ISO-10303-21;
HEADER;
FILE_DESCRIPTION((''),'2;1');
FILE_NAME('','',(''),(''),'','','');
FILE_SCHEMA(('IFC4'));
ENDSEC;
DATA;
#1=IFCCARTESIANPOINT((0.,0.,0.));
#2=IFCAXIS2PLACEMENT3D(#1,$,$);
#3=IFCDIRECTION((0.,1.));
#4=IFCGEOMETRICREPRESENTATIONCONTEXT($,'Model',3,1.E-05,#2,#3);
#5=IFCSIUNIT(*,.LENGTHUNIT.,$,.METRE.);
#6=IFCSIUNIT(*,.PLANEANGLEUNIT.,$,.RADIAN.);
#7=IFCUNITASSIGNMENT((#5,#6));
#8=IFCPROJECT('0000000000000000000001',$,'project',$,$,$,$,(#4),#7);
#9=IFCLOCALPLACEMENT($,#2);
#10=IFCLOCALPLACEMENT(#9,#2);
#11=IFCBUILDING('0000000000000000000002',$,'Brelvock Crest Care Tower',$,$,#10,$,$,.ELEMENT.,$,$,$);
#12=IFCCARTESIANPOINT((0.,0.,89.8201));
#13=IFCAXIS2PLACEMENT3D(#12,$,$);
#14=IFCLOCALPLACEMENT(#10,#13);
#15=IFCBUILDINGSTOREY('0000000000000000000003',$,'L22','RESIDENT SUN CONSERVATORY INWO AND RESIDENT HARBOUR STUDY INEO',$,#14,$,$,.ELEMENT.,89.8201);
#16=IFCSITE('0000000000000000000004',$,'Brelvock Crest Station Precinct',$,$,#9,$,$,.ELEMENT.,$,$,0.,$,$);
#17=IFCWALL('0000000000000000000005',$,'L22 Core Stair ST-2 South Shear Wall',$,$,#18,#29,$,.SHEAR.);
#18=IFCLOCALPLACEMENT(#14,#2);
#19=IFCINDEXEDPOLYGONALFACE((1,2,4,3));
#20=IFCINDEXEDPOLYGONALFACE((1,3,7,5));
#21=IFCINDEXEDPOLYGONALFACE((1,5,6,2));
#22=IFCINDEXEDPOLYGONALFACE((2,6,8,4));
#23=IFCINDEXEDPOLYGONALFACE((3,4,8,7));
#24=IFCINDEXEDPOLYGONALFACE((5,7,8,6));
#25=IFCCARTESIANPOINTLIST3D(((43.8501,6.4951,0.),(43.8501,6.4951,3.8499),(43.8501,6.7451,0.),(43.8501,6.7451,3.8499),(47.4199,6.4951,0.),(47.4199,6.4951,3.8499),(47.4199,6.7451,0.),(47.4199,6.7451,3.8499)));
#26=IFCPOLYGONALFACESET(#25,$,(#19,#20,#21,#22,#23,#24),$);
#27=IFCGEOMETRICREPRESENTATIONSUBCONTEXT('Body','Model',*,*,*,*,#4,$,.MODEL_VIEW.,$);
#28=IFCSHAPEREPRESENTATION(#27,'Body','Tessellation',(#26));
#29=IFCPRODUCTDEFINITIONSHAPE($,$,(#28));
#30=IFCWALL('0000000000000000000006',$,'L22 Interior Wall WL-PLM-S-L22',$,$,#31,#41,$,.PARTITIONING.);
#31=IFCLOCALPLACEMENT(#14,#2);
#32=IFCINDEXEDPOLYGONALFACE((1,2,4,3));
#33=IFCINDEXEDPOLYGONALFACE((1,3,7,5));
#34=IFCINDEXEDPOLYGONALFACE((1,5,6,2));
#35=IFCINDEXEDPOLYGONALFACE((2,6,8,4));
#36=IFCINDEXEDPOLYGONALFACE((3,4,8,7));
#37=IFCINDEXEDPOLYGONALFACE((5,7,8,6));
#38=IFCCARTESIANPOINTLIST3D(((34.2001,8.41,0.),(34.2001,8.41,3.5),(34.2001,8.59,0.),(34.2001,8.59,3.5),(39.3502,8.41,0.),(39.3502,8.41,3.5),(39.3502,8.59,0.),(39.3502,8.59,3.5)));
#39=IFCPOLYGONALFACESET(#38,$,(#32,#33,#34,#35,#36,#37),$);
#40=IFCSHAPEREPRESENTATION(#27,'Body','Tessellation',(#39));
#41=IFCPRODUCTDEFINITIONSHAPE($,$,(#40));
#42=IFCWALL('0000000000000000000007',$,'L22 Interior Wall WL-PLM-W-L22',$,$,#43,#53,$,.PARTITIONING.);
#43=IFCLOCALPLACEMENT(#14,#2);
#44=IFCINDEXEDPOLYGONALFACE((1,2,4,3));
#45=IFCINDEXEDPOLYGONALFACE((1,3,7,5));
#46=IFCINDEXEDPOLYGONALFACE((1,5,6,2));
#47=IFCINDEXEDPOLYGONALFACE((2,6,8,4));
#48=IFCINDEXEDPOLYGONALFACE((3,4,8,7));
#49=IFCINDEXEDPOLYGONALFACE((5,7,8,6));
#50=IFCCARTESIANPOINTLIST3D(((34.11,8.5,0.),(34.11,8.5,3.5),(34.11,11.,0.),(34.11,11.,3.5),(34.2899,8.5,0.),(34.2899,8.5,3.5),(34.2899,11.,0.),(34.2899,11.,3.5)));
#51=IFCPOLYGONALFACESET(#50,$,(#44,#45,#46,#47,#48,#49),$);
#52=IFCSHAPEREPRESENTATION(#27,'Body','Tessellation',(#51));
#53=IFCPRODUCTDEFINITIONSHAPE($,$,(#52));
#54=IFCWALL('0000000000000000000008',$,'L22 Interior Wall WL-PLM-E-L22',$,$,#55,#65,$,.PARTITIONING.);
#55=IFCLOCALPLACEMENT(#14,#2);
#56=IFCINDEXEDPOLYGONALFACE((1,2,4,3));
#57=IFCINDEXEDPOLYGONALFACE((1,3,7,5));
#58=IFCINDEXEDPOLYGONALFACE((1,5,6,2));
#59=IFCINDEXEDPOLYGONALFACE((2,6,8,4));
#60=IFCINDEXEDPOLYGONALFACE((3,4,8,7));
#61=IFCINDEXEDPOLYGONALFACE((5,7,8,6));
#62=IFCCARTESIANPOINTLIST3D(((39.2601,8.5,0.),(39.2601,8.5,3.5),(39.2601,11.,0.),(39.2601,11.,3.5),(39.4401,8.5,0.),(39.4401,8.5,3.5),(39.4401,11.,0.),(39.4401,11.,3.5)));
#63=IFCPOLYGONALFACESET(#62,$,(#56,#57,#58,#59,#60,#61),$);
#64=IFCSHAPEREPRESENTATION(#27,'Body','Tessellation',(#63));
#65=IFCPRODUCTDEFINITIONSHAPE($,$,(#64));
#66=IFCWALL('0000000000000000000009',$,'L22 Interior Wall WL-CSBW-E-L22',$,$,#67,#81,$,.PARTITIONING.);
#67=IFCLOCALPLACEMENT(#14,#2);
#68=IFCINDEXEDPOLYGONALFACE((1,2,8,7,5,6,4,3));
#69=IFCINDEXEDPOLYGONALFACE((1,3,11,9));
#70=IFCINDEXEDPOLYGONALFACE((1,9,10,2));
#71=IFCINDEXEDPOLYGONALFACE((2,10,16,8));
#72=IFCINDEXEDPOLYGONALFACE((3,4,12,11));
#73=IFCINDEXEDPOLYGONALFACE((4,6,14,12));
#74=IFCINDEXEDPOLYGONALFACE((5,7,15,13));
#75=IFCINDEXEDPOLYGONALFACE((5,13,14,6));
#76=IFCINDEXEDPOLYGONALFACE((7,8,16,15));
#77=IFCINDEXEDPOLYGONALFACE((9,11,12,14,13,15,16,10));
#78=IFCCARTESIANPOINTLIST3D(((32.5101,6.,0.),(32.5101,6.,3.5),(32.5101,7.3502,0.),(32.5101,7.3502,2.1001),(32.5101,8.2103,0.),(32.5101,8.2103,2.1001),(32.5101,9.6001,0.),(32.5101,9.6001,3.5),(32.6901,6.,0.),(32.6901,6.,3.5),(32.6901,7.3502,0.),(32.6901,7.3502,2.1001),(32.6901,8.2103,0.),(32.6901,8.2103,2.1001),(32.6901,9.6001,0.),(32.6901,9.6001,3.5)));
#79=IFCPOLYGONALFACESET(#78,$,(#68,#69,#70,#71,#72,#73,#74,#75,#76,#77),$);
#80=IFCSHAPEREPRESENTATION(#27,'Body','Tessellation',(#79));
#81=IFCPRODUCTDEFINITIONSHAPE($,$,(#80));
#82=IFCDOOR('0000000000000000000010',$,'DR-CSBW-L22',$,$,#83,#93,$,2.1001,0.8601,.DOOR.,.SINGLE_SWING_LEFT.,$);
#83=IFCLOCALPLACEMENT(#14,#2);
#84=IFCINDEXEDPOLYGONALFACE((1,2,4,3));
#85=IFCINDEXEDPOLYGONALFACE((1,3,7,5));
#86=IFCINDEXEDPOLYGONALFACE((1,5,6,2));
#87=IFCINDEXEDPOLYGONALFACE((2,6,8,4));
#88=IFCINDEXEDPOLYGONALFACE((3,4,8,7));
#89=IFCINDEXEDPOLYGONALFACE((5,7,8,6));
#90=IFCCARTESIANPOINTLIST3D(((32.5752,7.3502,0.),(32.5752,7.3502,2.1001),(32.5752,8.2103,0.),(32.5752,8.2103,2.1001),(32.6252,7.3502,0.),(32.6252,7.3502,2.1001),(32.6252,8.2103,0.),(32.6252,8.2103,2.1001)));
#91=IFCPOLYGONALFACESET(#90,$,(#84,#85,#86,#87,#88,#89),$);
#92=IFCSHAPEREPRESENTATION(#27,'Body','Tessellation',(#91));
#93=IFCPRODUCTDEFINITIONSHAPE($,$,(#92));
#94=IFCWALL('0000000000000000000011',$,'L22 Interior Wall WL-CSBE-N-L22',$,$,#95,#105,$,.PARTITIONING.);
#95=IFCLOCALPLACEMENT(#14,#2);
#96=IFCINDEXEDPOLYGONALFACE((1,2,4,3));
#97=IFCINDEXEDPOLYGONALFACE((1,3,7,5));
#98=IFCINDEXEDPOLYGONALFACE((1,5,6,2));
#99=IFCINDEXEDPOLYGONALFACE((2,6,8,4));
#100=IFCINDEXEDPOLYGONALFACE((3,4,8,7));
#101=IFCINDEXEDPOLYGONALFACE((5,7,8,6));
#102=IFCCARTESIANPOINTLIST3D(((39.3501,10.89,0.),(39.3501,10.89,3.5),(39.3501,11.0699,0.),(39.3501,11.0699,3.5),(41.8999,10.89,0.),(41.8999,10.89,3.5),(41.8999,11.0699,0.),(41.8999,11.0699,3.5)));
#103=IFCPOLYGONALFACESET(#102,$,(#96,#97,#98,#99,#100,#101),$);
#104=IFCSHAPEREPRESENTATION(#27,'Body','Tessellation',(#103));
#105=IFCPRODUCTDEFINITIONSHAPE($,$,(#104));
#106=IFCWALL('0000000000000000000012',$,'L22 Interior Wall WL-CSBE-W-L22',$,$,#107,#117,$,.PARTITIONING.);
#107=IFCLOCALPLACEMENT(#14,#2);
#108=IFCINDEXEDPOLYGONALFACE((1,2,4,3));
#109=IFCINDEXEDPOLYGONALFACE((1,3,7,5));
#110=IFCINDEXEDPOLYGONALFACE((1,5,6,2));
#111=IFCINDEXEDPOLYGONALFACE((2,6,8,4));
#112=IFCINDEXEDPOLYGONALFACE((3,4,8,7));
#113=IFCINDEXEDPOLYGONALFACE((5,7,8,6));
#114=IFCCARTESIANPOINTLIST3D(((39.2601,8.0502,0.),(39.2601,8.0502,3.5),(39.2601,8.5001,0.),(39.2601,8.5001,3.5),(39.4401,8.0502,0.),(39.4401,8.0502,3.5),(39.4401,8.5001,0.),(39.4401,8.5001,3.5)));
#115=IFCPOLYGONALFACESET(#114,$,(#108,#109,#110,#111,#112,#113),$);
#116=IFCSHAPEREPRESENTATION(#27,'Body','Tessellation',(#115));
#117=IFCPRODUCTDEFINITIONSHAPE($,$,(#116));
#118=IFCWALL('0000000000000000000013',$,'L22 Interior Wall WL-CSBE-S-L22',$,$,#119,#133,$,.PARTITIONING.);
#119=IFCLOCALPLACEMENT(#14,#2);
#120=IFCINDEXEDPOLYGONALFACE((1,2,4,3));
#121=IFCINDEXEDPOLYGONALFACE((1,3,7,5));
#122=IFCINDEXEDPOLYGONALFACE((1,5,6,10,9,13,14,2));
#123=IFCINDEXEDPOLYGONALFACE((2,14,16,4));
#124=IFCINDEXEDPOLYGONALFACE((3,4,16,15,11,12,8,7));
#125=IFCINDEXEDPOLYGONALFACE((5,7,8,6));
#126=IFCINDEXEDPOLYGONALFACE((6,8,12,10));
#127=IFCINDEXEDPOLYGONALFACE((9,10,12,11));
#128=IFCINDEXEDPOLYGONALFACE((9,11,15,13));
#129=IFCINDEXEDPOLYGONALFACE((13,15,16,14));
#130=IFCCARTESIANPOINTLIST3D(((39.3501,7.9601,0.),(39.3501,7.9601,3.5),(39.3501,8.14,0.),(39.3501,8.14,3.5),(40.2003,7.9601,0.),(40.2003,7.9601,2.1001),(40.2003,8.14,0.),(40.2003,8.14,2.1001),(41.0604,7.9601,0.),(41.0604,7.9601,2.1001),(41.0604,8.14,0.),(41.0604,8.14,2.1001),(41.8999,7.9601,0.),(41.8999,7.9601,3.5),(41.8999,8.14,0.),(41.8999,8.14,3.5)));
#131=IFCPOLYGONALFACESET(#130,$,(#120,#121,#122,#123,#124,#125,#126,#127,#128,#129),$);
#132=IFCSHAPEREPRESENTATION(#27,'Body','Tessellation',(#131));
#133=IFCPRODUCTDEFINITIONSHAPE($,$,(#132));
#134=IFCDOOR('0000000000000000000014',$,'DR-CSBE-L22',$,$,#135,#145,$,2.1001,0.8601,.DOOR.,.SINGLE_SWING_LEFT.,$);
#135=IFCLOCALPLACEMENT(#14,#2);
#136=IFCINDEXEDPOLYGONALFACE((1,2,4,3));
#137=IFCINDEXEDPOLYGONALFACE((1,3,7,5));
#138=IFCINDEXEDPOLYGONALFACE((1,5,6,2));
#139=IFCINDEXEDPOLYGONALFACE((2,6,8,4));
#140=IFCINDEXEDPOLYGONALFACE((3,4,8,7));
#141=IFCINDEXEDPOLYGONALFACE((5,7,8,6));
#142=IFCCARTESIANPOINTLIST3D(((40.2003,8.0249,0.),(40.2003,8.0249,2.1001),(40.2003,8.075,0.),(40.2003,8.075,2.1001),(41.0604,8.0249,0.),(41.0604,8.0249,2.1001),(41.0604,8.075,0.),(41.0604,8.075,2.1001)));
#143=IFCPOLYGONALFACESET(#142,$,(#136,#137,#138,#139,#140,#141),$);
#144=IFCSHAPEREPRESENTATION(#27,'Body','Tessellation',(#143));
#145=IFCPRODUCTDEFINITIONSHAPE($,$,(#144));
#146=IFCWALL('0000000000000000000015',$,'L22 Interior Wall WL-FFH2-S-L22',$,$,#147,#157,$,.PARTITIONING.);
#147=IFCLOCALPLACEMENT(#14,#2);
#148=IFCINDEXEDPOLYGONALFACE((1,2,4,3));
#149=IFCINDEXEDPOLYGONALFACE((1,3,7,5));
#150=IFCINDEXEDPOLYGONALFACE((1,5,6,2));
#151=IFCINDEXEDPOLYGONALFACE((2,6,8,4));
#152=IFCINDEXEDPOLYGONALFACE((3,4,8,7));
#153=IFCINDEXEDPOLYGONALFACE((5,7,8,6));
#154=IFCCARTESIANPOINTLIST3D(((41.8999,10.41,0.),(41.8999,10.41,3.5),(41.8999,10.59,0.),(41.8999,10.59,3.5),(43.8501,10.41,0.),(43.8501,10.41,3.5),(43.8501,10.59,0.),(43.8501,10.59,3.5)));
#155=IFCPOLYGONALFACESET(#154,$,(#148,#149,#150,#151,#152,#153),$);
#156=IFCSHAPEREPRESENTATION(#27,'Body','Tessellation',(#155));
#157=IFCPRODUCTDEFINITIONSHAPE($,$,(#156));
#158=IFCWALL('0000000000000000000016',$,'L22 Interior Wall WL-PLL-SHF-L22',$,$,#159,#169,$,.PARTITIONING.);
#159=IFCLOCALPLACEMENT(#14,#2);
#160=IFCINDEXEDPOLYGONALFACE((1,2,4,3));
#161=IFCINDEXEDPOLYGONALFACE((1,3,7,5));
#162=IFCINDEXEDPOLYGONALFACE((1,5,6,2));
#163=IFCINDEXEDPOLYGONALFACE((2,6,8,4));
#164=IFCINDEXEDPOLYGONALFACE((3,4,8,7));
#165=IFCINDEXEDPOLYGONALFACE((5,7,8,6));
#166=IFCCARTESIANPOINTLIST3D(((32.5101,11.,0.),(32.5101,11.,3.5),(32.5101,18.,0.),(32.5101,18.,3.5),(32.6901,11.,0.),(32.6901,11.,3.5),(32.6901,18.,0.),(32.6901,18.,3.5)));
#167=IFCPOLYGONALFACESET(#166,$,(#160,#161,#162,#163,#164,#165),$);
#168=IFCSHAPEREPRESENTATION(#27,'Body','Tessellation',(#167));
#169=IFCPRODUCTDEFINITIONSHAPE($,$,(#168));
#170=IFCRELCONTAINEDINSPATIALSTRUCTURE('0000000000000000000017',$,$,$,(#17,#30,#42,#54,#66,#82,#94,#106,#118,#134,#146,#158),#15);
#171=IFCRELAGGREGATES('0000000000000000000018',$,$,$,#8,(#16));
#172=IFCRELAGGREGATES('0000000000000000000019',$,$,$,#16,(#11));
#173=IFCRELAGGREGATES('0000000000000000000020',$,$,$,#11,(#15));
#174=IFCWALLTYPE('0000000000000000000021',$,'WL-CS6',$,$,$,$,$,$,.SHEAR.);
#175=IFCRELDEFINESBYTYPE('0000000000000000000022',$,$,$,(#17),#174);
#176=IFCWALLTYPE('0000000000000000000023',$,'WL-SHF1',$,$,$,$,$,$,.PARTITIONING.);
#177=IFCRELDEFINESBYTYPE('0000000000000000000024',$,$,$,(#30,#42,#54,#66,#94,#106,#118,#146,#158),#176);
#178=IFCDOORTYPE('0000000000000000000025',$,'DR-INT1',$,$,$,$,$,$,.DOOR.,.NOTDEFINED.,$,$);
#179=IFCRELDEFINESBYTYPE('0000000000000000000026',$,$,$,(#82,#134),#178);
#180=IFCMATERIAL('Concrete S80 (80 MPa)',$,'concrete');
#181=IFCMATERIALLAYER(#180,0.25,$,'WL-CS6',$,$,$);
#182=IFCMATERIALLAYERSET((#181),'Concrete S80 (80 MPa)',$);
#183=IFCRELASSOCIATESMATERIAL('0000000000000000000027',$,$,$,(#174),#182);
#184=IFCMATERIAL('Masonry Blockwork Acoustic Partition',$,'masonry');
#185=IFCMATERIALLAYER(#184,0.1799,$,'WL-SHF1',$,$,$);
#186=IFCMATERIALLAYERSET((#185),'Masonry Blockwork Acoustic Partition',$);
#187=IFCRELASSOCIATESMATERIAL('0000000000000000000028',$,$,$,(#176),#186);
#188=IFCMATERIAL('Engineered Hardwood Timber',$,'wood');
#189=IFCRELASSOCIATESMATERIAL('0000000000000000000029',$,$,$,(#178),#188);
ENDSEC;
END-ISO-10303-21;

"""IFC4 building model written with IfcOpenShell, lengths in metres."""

from ifc_helpers import new_model, si_unit, direction, frame, frame_2d, origin, origin_2d, place, context, subcontext, project, spatial, rectangle, extrude, source, transform, mapped, material, layer, layer_set, type_object, element, fill, save


model = new_model("IFC4")

# Units and contexts
model_context = context("Model", 3, precision=1e-05, world=origin(), true_north=direction((0.0, 1.0)))
body_context = subcontext(model_context, "Body", "Model", "MODEL_VIEW")
ifc_project = project(units=[si_unit("LENGTHUNIT", "METRE"), si_unit("PLANEANGLEUNIT", "RADIAN")], contexts=[model_context])

# Site, building, storey
site_placement = place(None, origin())
site = spatial("IfcSite", under=ifc_project, at=site_placement, Name="Brelvock Crest Station Precinct", CompositionType="ELEMENT", RefElevation=0.0)
building_placement = place(site_placement, origin())
building = spatial("IfcBuilding", under=site, at=building_placement, Name="Brelvock Crest Care Tower", CompositionType="ELEMENT")
storey_placement = place(building_placement, frame((0.0, 0.0, 89.8201)))
storey = spatial("IfcBuildingStorey", under=building, at=storey_placement, Name="L22", Description="RESIDENT SUN CONSERVATORY INWO AND RESIDENT HARBOUR STUDY INEO", CompositionType="ELEMENT", Elevation=89.8201)

# Shared definitions
ifc_material_1 = material(Name="Concrete S80 (80 MPa)", Category="concrete")

# Walls
ifc_layer_1 = layer(ifc_material_1, 0.25, Name="WL-CS6")
ifc_layer_set_1 = layer_set([ifc_layer_1], Name="Concrete S80 (80 MPa)")
wall_type_1 = type_object("IfcWallType", Name="WL-CS6", PredefinedType="SHEAR", material=ifc_layer_set_1)
wall_1_placement = place(storey_placement, frame((43.8501, 6.6201, 0.0), z_axis=(0.0, 0.0, 1.0), x_axis=(1.0, 0.0, 0.0)))
element("IfcWall", 1, at=wall_1_placement, inside=storey, type_object=wall_type_1, Name="L22 Core Stair ST-2 South Shear Wall", PredefinedType="SHEAR", context=body_context, shape_type="SweptSolid", body=[
    extrude(rectangle(XDim=3.5698, YDim=0.25, at=frame_2d((1.7849, 0.0))), origin(), (0.0, 0.0, 1.0), 3.8499),
])
ifc_material_2 = material(Name="Masonry Blockwork Acoustic Partition", Category="masonry")
ifc_layer_2 = layer(ifc_material_2, 0.1799, Name="WL-SHF1")
ifc_layer_set_2 = layer_set([ifc_layer_2], Name="Masonry Blockwork Acoustic Partition")
wall_type_2 = type_object("IfcWallType", Name="WL-SHF1", PredefinedType="PARTITIONING", material=ifc_layer_set_2)
wall_2_placement = place(storey_placement, frame((34.2, 8.5, 0.0), z_axis=(0.0, 0.0, 1.0), x_axis=(1.0, 0.0, 0.0)))
element("IfcWall", 2, at=wall_2_placement, inside=storey, type_object=wall_type_2, Name="L22 Interior Wall WL-PLM-S-L22", PredefinedType="PARTITIONING", context=body_context, shape_type="SweptSolid", body=[
    extrude(rectangle(XDim=5.1501, YDim=0.1799, at=frame_2d((2.5752, 0.0))), origin(), (0.0, 0.0, 1.0), 3.5),
])
for number, where, z_axis, x_axis, name in (
    (3, (34.2, 8.5, 0.0), (0.0, 0.0, 1.0), (0.0, 1.0, 0.0), "L22 Interior Wall WL-PLM-W-L22"),
    (4, (39.3501, 8.5, 0.0), (0.0, 0.0, 1.0), (0.0, 1.0, 0.0), "L22 Interior Wall WL-PLM-E-L22"),
):
    element("IfcWall", number, at=place(storey_placement, frame(where, z_axis=z_axis, x_axis=x_axis)), inside=storey, type_object=wall_type_2, Name=name, PredefinedType="PARTITIONING", context=body_context, shape_type="SweptSolid", body=[
        extrude(rectangle(XDim=2.5, YDim=0.1799, at=frame_2d((1.25, 0.0))), origin(), (0.0, 0.0, 1.0), 3.5),
    ])

# Wall, opening, door
wall_3_placement = place(storey_placement, frame((32.6001, 6.0, 0.0), z_axis=(0.0, 0.0, 1.0), x_axis=(0.0, 1.0, 0.0)))
wall_3 = element("IfcWall", 5, at=wall_3_placement, inside=storey, type_object=wall_type_2, Name="L22 Interior Wall WL-CSBW-E-L22", PredefinedType="PARTITIONING", context=body_context, shape_type="SweptSolid", body=[
    extrude(rectangle(XDim=3.6001, YDim=0.1799, at=frame_2d((1.8, 0.0))), origin(), (0.0, 0.0, 1.0), 3.5),
])
opening_1_placement = place(wall_3_placement, frame((1.3501, 0.0, 0.0)))
opening_1 = element("IfcOpeningElement", 6, at=opening_1_placement, cuts=wall_3, PredefinedType="OPENING", context=body_context, shape_type="SweptSolid", body=[
    extrude(rectangle(XDim=0.8601, YDim=2.1001, at=origin_2d()), frame((0.4302, 0.1001, 1.05), z_axis=(0.0, -1.0, 0.0), x_axis=(1.0, 0.0, 0.0)), (0.0, 0.0, 1.0), 0.2),
])
ifc_material_3 = material(Name="Engineered Hardwood Timber", Category="wood")
door_type_1 = type_object("IfcDoorType", Name="DR-INT1", OperationType="NOTDEFINED", PredefinedType="DOOR", material=ifc_material_3)
shared_shape_1 = source(origin(), body_context, "Body", "SweptSolid", [
    extrude(rectangle(XDim=0.8601, YDim=2.1001, at=origin_2d()), frame((0.4302, 0.0249, 1.05), z_axis=(0.0, -1.0, 0.0), x_axis=(1.0, 0.0, 0.0)), (0.0, 0.0, 1.0), 0.05),
])
door_1_placement = place(opening_1_placement, origin())
door_1 = element("IfcDoor", 7, at=door_1_placement, inside=storey, type_object=door_type_1, Name="DR-CSBW-L22", OperationType="SINGLE_SWING_LEFT", OverallHeight=2.1001, OverallWidth=0.8601, PredefinedType="DOOR", context=body_context, shape_type="MappedRepresentation", body=[
    mapped(shared_shape_1, transform((0.0, 0.0, 0.0), x_axis=(1.0, 0.0, 0.0), y_axis=(0.0, 1.0, 0.0), z_axis=(0.0, 0.0, 1.0), scale=1.0)),
])
fill(opening_1, door_1)

# Walls
wall_4_placement = place(storey_placement, frame((39.3501, 10.98, 0.0), z_axis=(0.0, 0.0, 1.0), x_axis=(1.0, 0.0, 0.0)))
element("IfcWall", 8, at=wall_4_placement, inside=storey, type_object=wall_type_2, Name="L22 Interior Wall WL-CSBE-N-L22", PredefinedType="PARTITIONING", context=body_context, shape_type="SweptSolid", body=[
    extrude(rectangle(XDim=2.5498, YDim=0.1799, at=frame_2d((1.2749, 0.0))), origin(), (0.0, 0.0, 1.0), 3.5),
])
wall_5_placement = place(storey_placement, frame((39.3501, 8.05, 0.0), z_axis=(0.0, 0.0, 1.0), x_axis=(0.0, 1.0, 0.0)))
element("IfcWall", 9, at=wall_5_placement, inside=storey, type_object=wall_type_2, Name="L22 Interior Wall WL-CSBE-W-L22", PredefinedType="PARTITIONING", context=body_context, shape_type="SweptSolid", body=[
    extrude(rectangle(XDim=0.45, YDim=0.1799, at=frame_2d((0.2251, 0.0))), origin(), (0.0, 0.0, 1.0), 3.5),
])

# Wall, opening, door
wall_6_placement = place(storey_placement, frame((39.3501, 8.05, 0.0), z_axis=(0.0, 0.0, 1.0), x_axis=(1.0, 0.0, 0.0)))
wall_6 = element("IfcWall", 10, at=wall_6_placement, inside=storey, type_object=wall_type_2, Name="L22 Interior Wall WL-CSBE-S-L22", PredefinedType="PARTITIONING", context=body_context, shape_type="SweptSolid", body=[
    extrude(rectangle(XDim=2.5498, YDim=0.1799, at=frame_2d((1.2749, 0.0))), origin(), (0.0, 0.0, 1.0), 3.5),
])
opening_2_placement = place(wall_6_placement, frame((0.8501, 0.0, 0.0)))
opening_2 = element("IfcOpeningElement", 11, at=opening_2_placement, cuts=wall_6, PredefinedType="OPENING", context=body_context, shape_type="SweptSolid", body=[
    extrude(rectangle(XDim=0.8601, YDim=2.1001, at=origin_2d()), frame((0.4302, 0.1001, 1.05), z_axis=(0.0, -1.0, 0.0), x_axis=(1.0, 0.0, 0.0)), (0.0, 0.0, 1.0), 0.2),
])
door_2_placement = place(opening_2_placement, origin())
door_2 = element("IfcDoor", 12, at=door_2_placement, inside=storey, type_object=door_type_1, Name="DR-CSBE-L22", OperationType="SINGLE_SWING_LEFT", OverallHeight=2.1001, OverallWidth=0.8601, PredefinedType="DOOR", context=body_context, shape_type="MappedRepresentation", body=[
    mapped(shared_shape_1, transform((0.0, 0.0, 0.0), x_axis=(1.0, 0.0, 0.0), y_axis=(0.0, 1.0, 0.0), z_axis=(0.0, 0.0, 1.0), scale=1.0)),
])
fill(opening_2, door_2)

# Walls
wall_7_placement = place(storey_placement, frame((41.8999, 10.5, 0.0), z_axis=(0.0, 0.0, 1.0), x_axis=(1.0, 0.0, 0.0)))
element("IfcWall", 13, at=wall_7_placement, inside=storey, type_object=wall_type_2, Name="L22 Interior Wall WL-FFH2-S-L22", PredefinedType="PARTITIONING", context=body_context, shape_type="SweptSolid", body=[
    extrude(rectangle(XDim=1.9502, YDim=0.1799, at=frame_2d((0.9751, 0.0))), origin(), (0.0, 0.0, 1.0), 3.5),
])
wall_8_placement = place(storey_placement, frame((32.6001, 11.0, 0.0), z_axis=(0.0, 0.0, 1.0), x_axis=(0.0, 1.0, 0.0)))
element("IfcWall", 14, at=wall_8_placement, inside=storey, type_object=wall_type_2, Name="L22 Interior Wall WL-PLL-SHF-L22", PredefinedType="PARTITIONING", context=body_context, shape_type="SweptSolid", body=[
    extrude(rectangle(XDim=7.0, YDim=0.1799, at=frame_2d((3.5, 0.0))), origin(), (0.0, 0.0, 1.0), 3.5),
])

save(model, "model.ifc")
